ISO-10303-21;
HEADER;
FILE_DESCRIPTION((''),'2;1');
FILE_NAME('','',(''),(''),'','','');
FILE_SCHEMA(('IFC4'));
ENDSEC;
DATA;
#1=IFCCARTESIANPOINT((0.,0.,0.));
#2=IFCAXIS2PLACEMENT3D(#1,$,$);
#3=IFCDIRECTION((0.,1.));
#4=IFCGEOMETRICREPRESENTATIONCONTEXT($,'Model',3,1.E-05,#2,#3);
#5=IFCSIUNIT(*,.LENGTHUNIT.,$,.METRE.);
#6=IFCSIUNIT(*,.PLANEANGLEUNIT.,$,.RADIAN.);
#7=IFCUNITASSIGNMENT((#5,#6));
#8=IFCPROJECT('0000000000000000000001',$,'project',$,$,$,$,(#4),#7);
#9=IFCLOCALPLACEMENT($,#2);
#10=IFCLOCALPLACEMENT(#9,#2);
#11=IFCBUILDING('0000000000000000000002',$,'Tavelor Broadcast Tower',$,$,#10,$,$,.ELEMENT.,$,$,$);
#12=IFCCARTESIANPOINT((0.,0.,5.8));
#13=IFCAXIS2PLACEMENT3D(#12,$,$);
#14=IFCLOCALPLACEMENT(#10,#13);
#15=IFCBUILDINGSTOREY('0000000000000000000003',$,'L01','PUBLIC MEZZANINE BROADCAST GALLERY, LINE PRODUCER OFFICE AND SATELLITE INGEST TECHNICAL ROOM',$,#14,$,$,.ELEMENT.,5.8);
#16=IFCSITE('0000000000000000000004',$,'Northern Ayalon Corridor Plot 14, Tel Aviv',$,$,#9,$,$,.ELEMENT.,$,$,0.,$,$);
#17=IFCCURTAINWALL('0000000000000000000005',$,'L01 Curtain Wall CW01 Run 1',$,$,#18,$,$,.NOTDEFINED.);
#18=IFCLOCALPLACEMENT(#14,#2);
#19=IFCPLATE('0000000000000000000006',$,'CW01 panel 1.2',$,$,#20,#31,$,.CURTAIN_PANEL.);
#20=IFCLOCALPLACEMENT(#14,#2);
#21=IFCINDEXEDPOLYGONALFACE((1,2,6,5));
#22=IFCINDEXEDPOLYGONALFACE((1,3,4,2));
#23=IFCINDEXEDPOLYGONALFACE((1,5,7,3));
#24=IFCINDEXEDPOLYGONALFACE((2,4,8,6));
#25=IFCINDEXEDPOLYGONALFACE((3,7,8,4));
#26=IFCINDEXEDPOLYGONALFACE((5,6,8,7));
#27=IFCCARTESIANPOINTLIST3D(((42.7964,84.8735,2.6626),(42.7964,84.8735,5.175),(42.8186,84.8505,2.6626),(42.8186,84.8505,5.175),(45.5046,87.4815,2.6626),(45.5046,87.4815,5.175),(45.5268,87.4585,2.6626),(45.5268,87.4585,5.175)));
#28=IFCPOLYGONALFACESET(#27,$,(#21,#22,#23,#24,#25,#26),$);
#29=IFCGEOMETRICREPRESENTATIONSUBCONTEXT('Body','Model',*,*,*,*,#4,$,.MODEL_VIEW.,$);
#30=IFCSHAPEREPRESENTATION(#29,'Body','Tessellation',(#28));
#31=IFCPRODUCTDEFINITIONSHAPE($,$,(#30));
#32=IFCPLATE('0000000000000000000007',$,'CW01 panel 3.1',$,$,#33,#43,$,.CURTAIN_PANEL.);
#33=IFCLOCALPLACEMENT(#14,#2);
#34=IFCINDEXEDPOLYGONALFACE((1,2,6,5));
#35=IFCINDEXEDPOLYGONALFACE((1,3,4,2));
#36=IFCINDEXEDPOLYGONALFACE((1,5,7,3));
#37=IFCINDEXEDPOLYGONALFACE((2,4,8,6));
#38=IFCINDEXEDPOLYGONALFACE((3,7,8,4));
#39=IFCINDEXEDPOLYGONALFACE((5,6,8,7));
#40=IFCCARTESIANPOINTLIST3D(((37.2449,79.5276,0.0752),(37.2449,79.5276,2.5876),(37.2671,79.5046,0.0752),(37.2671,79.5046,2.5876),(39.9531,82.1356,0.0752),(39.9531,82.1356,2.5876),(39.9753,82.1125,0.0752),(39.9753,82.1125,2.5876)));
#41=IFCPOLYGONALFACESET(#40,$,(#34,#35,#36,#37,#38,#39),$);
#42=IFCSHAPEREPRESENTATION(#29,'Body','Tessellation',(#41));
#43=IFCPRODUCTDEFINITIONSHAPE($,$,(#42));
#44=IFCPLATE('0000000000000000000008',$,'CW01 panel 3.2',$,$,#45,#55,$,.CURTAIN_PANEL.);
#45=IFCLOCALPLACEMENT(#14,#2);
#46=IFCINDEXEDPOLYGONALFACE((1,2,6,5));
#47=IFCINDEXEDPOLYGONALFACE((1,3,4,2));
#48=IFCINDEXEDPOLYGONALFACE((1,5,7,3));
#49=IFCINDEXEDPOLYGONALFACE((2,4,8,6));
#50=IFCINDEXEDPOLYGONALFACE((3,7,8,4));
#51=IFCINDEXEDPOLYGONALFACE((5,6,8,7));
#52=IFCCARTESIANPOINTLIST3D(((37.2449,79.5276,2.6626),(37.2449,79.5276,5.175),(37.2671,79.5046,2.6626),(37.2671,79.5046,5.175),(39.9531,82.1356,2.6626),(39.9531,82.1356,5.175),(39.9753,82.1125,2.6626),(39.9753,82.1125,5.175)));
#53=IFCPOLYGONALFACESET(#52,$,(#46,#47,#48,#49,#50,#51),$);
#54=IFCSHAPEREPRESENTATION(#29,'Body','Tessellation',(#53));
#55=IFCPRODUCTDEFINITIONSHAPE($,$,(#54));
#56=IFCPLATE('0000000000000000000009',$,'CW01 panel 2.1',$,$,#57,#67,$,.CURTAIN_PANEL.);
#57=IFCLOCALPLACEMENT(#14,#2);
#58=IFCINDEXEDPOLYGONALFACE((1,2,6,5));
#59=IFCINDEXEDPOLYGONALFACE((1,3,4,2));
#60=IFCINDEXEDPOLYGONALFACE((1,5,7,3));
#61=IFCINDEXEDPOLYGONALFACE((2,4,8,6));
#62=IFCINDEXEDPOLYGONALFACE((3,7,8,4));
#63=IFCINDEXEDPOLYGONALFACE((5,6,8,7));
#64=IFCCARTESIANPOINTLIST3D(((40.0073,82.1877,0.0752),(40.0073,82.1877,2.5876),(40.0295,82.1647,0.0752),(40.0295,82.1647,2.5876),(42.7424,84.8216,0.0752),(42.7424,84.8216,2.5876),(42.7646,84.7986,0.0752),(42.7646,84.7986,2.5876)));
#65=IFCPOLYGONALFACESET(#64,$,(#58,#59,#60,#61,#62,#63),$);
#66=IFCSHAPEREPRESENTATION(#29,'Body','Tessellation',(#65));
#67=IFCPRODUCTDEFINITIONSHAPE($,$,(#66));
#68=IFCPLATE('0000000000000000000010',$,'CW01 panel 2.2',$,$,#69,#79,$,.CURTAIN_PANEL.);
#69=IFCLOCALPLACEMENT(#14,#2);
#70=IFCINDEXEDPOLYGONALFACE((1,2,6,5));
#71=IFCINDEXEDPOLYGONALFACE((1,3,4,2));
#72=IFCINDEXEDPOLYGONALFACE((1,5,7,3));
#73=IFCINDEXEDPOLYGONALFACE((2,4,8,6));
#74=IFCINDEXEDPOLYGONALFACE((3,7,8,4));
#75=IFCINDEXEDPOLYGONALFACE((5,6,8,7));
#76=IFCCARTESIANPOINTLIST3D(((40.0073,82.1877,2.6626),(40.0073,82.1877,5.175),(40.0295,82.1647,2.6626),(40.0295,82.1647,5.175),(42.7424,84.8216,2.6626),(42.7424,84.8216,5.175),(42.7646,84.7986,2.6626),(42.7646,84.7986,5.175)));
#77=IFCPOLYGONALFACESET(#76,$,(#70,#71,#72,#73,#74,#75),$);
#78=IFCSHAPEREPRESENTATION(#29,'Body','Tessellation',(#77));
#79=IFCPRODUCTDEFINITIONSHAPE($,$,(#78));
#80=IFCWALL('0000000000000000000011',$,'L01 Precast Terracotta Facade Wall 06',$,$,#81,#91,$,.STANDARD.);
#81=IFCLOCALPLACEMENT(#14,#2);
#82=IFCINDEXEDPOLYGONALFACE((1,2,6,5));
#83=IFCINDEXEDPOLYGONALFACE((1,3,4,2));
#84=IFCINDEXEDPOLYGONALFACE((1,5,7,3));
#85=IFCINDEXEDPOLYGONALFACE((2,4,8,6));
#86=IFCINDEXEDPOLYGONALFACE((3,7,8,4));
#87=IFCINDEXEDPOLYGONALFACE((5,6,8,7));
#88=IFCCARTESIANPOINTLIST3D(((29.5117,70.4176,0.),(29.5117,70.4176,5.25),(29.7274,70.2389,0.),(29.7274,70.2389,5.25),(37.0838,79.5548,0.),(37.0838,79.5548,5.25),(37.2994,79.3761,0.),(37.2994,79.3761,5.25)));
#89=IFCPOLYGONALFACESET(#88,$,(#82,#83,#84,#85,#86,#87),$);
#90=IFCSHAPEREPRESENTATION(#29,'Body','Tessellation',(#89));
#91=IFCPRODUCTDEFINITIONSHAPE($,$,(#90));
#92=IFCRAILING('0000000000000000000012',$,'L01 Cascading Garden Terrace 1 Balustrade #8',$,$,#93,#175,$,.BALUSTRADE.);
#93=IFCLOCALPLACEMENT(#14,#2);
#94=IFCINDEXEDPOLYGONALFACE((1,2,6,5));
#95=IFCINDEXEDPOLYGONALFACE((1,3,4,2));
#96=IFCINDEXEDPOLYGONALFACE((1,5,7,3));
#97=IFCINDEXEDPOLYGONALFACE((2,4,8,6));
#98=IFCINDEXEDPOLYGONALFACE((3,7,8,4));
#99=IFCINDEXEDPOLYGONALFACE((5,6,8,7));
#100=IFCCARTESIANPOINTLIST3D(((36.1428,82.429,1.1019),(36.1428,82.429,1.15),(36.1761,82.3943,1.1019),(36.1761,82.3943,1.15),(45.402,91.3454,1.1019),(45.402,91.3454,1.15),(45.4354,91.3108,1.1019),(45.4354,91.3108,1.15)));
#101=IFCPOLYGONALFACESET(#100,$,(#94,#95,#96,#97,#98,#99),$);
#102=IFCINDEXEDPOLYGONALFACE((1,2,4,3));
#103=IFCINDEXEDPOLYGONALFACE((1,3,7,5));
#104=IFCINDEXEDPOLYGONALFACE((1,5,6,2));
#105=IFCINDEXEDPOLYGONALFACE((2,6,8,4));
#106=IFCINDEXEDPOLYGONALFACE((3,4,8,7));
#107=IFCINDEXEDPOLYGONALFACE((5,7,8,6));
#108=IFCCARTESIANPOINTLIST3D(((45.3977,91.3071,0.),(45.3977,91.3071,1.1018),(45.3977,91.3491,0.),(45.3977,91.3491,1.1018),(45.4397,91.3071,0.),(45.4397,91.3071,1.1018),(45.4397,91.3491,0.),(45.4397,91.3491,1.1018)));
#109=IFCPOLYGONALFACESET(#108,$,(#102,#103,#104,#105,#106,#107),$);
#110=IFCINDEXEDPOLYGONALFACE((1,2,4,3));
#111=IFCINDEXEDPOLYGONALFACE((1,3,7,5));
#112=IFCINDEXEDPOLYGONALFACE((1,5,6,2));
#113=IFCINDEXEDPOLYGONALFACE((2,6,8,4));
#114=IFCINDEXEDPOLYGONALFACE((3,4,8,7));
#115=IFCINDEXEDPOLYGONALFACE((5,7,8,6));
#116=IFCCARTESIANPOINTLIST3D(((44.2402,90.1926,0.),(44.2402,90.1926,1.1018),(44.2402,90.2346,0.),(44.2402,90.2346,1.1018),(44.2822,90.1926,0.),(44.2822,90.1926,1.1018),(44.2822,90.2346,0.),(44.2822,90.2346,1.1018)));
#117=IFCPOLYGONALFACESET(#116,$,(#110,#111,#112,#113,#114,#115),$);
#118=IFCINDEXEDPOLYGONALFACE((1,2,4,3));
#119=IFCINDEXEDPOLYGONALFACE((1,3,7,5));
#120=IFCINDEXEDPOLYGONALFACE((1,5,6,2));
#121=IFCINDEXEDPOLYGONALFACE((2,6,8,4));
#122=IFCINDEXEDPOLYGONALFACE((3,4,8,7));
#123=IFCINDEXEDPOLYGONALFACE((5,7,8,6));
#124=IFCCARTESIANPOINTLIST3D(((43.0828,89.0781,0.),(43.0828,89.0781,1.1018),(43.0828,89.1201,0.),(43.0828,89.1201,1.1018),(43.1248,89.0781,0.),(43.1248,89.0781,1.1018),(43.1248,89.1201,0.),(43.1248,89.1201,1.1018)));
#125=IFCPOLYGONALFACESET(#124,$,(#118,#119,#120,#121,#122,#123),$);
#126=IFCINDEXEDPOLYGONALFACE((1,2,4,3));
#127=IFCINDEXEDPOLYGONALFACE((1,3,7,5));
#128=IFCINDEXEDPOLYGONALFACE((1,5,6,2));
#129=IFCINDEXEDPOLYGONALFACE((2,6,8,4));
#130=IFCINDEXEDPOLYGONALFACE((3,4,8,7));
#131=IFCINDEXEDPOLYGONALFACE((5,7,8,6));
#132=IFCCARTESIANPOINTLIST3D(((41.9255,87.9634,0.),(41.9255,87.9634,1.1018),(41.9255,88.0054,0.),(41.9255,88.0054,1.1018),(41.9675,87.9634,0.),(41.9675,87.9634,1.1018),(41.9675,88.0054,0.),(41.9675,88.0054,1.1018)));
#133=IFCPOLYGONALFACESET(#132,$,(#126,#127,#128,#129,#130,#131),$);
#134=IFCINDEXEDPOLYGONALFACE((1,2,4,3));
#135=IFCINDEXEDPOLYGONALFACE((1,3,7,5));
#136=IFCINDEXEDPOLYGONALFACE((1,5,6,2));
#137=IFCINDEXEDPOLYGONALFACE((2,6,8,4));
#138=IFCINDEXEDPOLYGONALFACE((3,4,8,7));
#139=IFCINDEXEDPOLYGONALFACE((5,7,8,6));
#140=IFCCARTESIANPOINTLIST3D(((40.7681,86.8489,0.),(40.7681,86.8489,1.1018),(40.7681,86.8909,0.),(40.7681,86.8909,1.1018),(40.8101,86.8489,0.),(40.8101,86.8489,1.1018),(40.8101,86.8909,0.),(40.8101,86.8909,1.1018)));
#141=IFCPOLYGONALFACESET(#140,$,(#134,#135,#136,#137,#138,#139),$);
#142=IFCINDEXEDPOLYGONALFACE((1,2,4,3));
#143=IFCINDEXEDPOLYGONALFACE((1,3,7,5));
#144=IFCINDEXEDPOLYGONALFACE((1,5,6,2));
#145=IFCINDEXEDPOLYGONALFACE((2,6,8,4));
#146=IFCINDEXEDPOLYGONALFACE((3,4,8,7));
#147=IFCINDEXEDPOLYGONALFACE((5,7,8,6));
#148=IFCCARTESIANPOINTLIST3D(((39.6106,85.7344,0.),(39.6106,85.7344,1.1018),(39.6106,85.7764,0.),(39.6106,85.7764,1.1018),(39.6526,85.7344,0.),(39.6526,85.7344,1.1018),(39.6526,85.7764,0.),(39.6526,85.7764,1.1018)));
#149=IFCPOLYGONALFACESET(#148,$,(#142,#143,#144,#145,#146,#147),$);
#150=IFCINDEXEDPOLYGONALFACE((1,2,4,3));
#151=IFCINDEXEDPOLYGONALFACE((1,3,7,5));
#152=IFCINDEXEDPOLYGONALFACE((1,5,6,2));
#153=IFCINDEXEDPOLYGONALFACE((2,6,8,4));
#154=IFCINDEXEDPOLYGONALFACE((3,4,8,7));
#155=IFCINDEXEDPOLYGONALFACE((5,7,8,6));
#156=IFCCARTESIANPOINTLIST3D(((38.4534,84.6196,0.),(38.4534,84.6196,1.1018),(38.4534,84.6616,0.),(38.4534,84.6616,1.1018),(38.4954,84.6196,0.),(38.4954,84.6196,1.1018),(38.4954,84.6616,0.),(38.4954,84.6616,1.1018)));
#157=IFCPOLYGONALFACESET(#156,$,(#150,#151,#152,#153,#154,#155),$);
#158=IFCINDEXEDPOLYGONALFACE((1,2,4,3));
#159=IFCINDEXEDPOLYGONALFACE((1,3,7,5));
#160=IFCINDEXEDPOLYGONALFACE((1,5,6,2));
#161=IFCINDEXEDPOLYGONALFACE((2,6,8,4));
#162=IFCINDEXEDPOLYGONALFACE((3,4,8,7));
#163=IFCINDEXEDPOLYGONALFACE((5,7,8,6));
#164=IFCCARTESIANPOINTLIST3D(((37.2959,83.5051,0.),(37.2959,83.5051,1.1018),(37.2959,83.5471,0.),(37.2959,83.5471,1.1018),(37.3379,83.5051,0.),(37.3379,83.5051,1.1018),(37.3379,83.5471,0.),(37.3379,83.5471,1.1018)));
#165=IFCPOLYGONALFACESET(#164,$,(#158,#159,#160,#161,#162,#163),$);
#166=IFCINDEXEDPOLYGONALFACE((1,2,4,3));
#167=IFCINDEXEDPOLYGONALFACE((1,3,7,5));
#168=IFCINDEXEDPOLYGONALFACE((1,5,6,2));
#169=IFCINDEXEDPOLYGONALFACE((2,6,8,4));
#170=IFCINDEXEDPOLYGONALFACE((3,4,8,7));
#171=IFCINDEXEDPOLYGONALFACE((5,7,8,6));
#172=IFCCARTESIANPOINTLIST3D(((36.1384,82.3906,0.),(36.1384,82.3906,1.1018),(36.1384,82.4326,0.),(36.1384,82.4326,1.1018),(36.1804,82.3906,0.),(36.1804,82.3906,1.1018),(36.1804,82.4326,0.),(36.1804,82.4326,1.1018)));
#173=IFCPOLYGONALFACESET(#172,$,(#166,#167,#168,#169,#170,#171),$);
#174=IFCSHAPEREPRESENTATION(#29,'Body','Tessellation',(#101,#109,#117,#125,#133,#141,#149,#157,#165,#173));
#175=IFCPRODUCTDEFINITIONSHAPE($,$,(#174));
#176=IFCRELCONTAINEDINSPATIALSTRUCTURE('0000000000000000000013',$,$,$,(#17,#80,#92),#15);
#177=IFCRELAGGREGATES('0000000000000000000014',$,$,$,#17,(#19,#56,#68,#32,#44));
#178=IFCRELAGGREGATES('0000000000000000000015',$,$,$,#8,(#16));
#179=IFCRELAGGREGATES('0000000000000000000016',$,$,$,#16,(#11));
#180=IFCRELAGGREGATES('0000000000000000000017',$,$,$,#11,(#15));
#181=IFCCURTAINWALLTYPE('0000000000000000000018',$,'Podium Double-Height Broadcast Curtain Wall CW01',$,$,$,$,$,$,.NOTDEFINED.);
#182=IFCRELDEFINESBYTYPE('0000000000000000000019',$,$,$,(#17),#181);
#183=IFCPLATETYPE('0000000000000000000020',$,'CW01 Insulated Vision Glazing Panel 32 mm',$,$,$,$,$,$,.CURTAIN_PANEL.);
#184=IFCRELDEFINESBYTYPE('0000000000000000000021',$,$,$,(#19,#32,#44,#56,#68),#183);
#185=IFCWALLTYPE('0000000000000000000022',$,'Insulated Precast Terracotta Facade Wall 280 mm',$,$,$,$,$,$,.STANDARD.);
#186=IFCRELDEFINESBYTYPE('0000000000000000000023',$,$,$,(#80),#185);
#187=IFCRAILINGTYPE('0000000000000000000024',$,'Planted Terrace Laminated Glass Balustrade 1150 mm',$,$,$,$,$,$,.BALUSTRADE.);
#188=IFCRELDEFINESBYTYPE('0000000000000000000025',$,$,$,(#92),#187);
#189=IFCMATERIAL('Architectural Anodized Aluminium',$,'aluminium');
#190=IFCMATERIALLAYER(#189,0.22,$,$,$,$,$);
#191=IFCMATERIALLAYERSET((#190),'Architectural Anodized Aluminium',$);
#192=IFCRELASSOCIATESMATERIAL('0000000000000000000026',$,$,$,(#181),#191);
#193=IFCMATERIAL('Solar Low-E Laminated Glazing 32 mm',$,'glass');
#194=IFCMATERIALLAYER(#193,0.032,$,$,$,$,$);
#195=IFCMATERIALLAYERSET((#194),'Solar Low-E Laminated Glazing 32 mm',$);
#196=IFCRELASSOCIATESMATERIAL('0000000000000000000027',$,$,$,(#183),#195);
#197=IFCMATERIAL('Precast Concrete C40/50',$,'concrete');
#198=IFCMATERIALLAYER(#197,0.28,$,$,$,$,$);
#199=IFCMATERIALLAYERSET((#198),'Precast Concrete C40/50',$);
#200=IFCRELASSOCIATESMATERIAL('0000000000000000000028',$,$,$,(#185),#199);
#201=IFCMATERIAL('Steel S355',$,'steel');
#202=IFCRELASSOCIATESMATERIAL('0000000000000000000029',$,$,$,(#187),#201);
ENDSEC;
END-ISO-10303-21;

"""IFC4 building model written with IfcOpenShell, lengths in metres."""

from ifc_helpers import new_model, si_unit, direction, frame, frame_2d, origin, origin_2d, place, context, subcontext, project, spatial, rectangle, extrude, source, transform, mapped, material, layer, layer_set, type_object, type_shapes, element, aggregate, save


model = new_model("IFC4")

# Units and contexts
model_context = context("Model", 3, precision=1e-05, world=origin(), true_north=direction((0.0, 1.0)))
body_context = subcontext(model_context, "Body", "Model", "MODEL_VIEW")
ifc_project = project(units=[si_unit("LENGTHUNIT", "METRE"), si_unit("PLANEANGLEUNIT", "RADIAN")], contexts=[model_context])

# Site, building, storey
site_placement = place(None, origin())
site = spatial("IfcSite", under=ifc_project, at=site_placement, Name="Northern Ayalon Corridor Plot 14, Tel Aviv", CompositionType="ELEMENT", RefElevation=0.0)
building_placement = place(site_placement, origin())
building = spatial("IfcBuilding", under=site, at=building_placement, Name="Tavelor Broadcast Tower", CompositionType="ELEMENT")
storey_placement = place(building_placement, frame((0.0, 0.0, 5.8)))
storey = spatial("IfcBuildingStorey", under=building, at=storey_placement, Name="L01", Description="PUBLIC MEZZANINE BROADCAST GALLERY, LINE PRODUCER OFFICE AND SATELLITE INGEST TECHNICAL ROOM", CompositionType="ELEMENT", Elevation=5.8)

# Curtain wall
ifc_material_1 = material(Name="Architectural Anodized Aluminium", Category="aluminium")
ifc_layer_1 = layer(ifc_material_1, 0.22)
ifc_layer_set_1 = layer_set([ifc_layer_1], Name="Architectural Anodized Aluminium")
curtain_wall_type = type_object("IfcCurtainWallType", Name="Podium Double-Height Broadcast Curtain Wall CW01", PredefinedType="NOTDEFINED", material=ifc_layer_set_1)
curtain_wall_placement = place(storey_placement, origin())
curtain_wall = element("IfcCurtainWall", 1, at=curtain_wall_placement, inside=storey, type_object=curtain_wall_type, Name="L01 Curtain Wall CW01 Run 1", PredefinedType="NOTDEFINED")

# Plates
ifc_material_2 = material(Name="Solar Low-E Laminated Glazing 32 mm", Category="glass")
ifc_layer_2 = layer(ifc_material_2, 0.032)
ifc_layer_set_2 = layer_set([ifc_layer_2], Name="Solar Low-E Laminated Glazing 32 mm")
plate_type_1 = type_object("IfcPlateType", Name="CW01 Insulated Vision Glazing Panel 32 mm", PredefinedType="CURTAIN_PANEL", material=ifc_layer_set_2)
shared_shape_1 = source(origin(), body_context, "Body", "SweptSolid", [
    extrude(rectangle(XDim=3.7598, YDim=0.032, at=origin_2d()), origin(), (0.0, 0.0, 1.0), 2.5125),
])
plate_1_placement = place(storey_placement, frame((44.1616, 86.166, 2.6626), z_axis=(0.0, 0.0, 1.0), x_axis=(-0.720307, -0.693656, 0.0)))
plate_1 = element("IfcPlate", 2, at=plate_1_placement, type_object=plate_type_1, Name="CW01 panel 1.2", PredefinedType="CURTAIN_PANEL", context=body_context, shape_type="MappedRepresentation", body=[
    mapped(shared_shape_1, transform((0.0, 0.0, 0.0), scale=1.0)),
])
plate_2_placement = place(storey_placement, frame((38.6101, 80.8201, 0.0752), z_axis=(0.0, 0.0, 1.0), x_axis=(-0.720307, -0.693656, 0.0)))
plate_2 = element("IfcPlate", 3, at=plate_2_placement, type_object=plate_type_1, Name="CW01 panel 3.1", PredefinedType="CURTAIN_PANEL", context=body_context, shape_type="MappedRepresentation", body=[
    mapped(shared_shape_1, transform((0.0, 0.0, 0.0), scale=1.0)),
])
plate_3_placement = place(storey_placement, frame((38.6101, 80.8201, 2.6626), z_axis=(0.0, 0.0, 1.0), x_axis=(-0.720307, -0.693656, 0.0)))
plate_3 = element("IfcPlate", 4, at=plate_3_placement, type_object=plate_type_1, Name="CW01 panel 3.2", PredefinedType="CURTAIN_PANEL", context=body_context, shape_type="MappedRepresentation", body=[
    mapped(shared_shape_1, transform((0.0, 0.0, 0.0), scale=1.0)),
])
shared_shape_2 = source(origin(), body_context, "Body", "SweptSolid", [
    extrude(rectangle(XDim=3.7971, YDim=0.032, at=origin_2d()), origin(), (0.0, 0.0, 1.0), 2.5125),
])
type_shapes(plate_type_1, [shared_shape_1, shared_shape_2])
plate_4_placement = place(storey_placement, frame((41.386, 83.4932, 0.0752), z_axis=(0.0, 0.0, 1.0), x_axis=(-0.720307, -0.693656, 0.0)))
plate_4 = element("IfcPlate", 5, at=plate_4_placement, type_object=plate_type_1, Name="CW01 panel 2.1", PredefinedType="CURTAIN_PANEL", context=body_context, shape_type="MappedRepresentation", body=[
    mapped(shared_shape_2, transform((0.0, 0.0, 0.0), scale=1.0)),
])
plate_5_placement = place(storey_placement, frame((41.386, 83.4932, 2.6626), z_axis=(0.0, 0.0, 1.0), x_axis=(-0.720307, -0.693656, 0.0)))
plate_5 = element("IfcPlate", 6, at=plate_5_placement, type_object=plate_type_1, Name="CW01 panel 2.2", PredefinedType="CURTAIN_PANEL", context=body_context, shape_type="MappedRepresentation", body=[
    mapped(shared_shape_2, transform((0.0, 0.0, 0.0), scale=1.0)),
])
aggregate(curtain_wall, [plate_1, plate_4, plate_5, plate_2, plate_3])

# Wall
ifc_material_3 = material(Name="Precast Concrete C40/50", Category="concrete")
ifc_layer_3 = layer(ifc_material_3, 0.28)
ifc_layer_set_3 = layer_set([ifc_layer_3], Name="Precast Concrete C40/50")
wall_type = type_object("IfcWallType", Name="Insulated Precast Terracotta Facade Wall 280 mm", PredefinedType="STANDARD", material=ifc_layer_set_3)
wall_placement = place(storey_placement, frame((37.1917, 79.4656, 0.0), z_axis=(0.0, 0.0, 1.0), x_axis=(-0.638077, -0.769972, 0.0)))
element("IfcWall", 7, at=wall_placement, inside=storey, type_object=wall_type, Name="L01 Precast Terracotta Facade Wall 06", PredefinedType="STANDARD", context=body_context, shape_type="SweptSolid", body=[
    extrude(rectangle(XDim=11.8669, YDim=0.28, at=frame_2d((5.9336, 0.0))), origin(), (0.0, 0.0, 1.0), 5.25),
])

# Railing
ifc_material_4 = material(Name="Steel S355", Category="steel")
railing_type = type_object("IfcRailingType", Name="Planted Terrace Laminated Glass Balustrade 1150 mm", PredefinedType="BALUSTRADE", material=ifc_material_4)
railing_1_placement = place(storey_placement, frame((45.4187, 91.3281, 0.0)))
element("IfcRailing", 8, at=railing_1_placement, inside=storey, type_object=railing_type, Name="L01 Cascading Garden Terrace 1 Balustrade #8", PredefinedType="BALUSTRADE", context=body_context, shape_type="SweptSolid", body=[
    extrude(rectangle(XDim=0.0481, YDim=0.0481, at=origin_2d()), frame((0.0, 0.0, 1.126), z_axis=(-0.720314, -0.693648, 0.0), x_axis=(0.693648, -0.720314, 0.0)), (0.0, 0.0, 1.0), 12.8545),
    extrude(rectangle(XDim=0.042, YDim=0.042, at=origin_2d()), origin(), (0.0, 0.0, 1.0), 1.1018),
    extrude(rectangle(XDim=0.042, YDim=0.042, at=origin_2d()), frame((-1.1575, -1.1145, 0.0)), (0.0, 0.0, 1.0), 1.1018),
    extrude(rectangle(XDim=0.042, YDim=0.042, at=origin_2d()), frame((-2.3149, -2.229, 0.0)), (0.0, 0.0, 1.0), 1.1018),
    extrude(rectangle(XDim=0.042, YDim=0.042, at=origin_2d()), frame((-3.4722, -3.3438, 0.0)), (0.0, 0.0, 1.0), 1.1018),
    extrude(rectangle(XDim=0.042, YDim=0.042, at=origin_2d()), frame((-4.6296, -4.4583, 0.0)), (0.0, 0.0, 1.0), 1.1018),
    extrude(rectangle(XDim=0.042, YDim=0.042, at=origin_2d()), frame((-5.7871, -5.5728, 0.0)), (0.0, 0.0, 1.0), 1.1018),
    extrude(rectangle(XDim=0.042, YDim=0.042, at=origin_2d()), frame((-6.9443, -6.6875, 0.0)), (0.0, 0.0, 1.0), 1.1018),
    extrude(rectangle(XDim=0.042, YDim=0.042, at=origin_2d()), frame((-8.1018, -7.802, 0.0)), (0.0, 0.0, 1.0), 1.1018),
    extrude(rectangle(XDim=0.042, YDim=0.042, at=origin_2d()), frame((-9.2593, -8.9165, 0.0)), (0.0, 0.0, 1.0), 1.1018),
])

save(model, "model.ifc")
